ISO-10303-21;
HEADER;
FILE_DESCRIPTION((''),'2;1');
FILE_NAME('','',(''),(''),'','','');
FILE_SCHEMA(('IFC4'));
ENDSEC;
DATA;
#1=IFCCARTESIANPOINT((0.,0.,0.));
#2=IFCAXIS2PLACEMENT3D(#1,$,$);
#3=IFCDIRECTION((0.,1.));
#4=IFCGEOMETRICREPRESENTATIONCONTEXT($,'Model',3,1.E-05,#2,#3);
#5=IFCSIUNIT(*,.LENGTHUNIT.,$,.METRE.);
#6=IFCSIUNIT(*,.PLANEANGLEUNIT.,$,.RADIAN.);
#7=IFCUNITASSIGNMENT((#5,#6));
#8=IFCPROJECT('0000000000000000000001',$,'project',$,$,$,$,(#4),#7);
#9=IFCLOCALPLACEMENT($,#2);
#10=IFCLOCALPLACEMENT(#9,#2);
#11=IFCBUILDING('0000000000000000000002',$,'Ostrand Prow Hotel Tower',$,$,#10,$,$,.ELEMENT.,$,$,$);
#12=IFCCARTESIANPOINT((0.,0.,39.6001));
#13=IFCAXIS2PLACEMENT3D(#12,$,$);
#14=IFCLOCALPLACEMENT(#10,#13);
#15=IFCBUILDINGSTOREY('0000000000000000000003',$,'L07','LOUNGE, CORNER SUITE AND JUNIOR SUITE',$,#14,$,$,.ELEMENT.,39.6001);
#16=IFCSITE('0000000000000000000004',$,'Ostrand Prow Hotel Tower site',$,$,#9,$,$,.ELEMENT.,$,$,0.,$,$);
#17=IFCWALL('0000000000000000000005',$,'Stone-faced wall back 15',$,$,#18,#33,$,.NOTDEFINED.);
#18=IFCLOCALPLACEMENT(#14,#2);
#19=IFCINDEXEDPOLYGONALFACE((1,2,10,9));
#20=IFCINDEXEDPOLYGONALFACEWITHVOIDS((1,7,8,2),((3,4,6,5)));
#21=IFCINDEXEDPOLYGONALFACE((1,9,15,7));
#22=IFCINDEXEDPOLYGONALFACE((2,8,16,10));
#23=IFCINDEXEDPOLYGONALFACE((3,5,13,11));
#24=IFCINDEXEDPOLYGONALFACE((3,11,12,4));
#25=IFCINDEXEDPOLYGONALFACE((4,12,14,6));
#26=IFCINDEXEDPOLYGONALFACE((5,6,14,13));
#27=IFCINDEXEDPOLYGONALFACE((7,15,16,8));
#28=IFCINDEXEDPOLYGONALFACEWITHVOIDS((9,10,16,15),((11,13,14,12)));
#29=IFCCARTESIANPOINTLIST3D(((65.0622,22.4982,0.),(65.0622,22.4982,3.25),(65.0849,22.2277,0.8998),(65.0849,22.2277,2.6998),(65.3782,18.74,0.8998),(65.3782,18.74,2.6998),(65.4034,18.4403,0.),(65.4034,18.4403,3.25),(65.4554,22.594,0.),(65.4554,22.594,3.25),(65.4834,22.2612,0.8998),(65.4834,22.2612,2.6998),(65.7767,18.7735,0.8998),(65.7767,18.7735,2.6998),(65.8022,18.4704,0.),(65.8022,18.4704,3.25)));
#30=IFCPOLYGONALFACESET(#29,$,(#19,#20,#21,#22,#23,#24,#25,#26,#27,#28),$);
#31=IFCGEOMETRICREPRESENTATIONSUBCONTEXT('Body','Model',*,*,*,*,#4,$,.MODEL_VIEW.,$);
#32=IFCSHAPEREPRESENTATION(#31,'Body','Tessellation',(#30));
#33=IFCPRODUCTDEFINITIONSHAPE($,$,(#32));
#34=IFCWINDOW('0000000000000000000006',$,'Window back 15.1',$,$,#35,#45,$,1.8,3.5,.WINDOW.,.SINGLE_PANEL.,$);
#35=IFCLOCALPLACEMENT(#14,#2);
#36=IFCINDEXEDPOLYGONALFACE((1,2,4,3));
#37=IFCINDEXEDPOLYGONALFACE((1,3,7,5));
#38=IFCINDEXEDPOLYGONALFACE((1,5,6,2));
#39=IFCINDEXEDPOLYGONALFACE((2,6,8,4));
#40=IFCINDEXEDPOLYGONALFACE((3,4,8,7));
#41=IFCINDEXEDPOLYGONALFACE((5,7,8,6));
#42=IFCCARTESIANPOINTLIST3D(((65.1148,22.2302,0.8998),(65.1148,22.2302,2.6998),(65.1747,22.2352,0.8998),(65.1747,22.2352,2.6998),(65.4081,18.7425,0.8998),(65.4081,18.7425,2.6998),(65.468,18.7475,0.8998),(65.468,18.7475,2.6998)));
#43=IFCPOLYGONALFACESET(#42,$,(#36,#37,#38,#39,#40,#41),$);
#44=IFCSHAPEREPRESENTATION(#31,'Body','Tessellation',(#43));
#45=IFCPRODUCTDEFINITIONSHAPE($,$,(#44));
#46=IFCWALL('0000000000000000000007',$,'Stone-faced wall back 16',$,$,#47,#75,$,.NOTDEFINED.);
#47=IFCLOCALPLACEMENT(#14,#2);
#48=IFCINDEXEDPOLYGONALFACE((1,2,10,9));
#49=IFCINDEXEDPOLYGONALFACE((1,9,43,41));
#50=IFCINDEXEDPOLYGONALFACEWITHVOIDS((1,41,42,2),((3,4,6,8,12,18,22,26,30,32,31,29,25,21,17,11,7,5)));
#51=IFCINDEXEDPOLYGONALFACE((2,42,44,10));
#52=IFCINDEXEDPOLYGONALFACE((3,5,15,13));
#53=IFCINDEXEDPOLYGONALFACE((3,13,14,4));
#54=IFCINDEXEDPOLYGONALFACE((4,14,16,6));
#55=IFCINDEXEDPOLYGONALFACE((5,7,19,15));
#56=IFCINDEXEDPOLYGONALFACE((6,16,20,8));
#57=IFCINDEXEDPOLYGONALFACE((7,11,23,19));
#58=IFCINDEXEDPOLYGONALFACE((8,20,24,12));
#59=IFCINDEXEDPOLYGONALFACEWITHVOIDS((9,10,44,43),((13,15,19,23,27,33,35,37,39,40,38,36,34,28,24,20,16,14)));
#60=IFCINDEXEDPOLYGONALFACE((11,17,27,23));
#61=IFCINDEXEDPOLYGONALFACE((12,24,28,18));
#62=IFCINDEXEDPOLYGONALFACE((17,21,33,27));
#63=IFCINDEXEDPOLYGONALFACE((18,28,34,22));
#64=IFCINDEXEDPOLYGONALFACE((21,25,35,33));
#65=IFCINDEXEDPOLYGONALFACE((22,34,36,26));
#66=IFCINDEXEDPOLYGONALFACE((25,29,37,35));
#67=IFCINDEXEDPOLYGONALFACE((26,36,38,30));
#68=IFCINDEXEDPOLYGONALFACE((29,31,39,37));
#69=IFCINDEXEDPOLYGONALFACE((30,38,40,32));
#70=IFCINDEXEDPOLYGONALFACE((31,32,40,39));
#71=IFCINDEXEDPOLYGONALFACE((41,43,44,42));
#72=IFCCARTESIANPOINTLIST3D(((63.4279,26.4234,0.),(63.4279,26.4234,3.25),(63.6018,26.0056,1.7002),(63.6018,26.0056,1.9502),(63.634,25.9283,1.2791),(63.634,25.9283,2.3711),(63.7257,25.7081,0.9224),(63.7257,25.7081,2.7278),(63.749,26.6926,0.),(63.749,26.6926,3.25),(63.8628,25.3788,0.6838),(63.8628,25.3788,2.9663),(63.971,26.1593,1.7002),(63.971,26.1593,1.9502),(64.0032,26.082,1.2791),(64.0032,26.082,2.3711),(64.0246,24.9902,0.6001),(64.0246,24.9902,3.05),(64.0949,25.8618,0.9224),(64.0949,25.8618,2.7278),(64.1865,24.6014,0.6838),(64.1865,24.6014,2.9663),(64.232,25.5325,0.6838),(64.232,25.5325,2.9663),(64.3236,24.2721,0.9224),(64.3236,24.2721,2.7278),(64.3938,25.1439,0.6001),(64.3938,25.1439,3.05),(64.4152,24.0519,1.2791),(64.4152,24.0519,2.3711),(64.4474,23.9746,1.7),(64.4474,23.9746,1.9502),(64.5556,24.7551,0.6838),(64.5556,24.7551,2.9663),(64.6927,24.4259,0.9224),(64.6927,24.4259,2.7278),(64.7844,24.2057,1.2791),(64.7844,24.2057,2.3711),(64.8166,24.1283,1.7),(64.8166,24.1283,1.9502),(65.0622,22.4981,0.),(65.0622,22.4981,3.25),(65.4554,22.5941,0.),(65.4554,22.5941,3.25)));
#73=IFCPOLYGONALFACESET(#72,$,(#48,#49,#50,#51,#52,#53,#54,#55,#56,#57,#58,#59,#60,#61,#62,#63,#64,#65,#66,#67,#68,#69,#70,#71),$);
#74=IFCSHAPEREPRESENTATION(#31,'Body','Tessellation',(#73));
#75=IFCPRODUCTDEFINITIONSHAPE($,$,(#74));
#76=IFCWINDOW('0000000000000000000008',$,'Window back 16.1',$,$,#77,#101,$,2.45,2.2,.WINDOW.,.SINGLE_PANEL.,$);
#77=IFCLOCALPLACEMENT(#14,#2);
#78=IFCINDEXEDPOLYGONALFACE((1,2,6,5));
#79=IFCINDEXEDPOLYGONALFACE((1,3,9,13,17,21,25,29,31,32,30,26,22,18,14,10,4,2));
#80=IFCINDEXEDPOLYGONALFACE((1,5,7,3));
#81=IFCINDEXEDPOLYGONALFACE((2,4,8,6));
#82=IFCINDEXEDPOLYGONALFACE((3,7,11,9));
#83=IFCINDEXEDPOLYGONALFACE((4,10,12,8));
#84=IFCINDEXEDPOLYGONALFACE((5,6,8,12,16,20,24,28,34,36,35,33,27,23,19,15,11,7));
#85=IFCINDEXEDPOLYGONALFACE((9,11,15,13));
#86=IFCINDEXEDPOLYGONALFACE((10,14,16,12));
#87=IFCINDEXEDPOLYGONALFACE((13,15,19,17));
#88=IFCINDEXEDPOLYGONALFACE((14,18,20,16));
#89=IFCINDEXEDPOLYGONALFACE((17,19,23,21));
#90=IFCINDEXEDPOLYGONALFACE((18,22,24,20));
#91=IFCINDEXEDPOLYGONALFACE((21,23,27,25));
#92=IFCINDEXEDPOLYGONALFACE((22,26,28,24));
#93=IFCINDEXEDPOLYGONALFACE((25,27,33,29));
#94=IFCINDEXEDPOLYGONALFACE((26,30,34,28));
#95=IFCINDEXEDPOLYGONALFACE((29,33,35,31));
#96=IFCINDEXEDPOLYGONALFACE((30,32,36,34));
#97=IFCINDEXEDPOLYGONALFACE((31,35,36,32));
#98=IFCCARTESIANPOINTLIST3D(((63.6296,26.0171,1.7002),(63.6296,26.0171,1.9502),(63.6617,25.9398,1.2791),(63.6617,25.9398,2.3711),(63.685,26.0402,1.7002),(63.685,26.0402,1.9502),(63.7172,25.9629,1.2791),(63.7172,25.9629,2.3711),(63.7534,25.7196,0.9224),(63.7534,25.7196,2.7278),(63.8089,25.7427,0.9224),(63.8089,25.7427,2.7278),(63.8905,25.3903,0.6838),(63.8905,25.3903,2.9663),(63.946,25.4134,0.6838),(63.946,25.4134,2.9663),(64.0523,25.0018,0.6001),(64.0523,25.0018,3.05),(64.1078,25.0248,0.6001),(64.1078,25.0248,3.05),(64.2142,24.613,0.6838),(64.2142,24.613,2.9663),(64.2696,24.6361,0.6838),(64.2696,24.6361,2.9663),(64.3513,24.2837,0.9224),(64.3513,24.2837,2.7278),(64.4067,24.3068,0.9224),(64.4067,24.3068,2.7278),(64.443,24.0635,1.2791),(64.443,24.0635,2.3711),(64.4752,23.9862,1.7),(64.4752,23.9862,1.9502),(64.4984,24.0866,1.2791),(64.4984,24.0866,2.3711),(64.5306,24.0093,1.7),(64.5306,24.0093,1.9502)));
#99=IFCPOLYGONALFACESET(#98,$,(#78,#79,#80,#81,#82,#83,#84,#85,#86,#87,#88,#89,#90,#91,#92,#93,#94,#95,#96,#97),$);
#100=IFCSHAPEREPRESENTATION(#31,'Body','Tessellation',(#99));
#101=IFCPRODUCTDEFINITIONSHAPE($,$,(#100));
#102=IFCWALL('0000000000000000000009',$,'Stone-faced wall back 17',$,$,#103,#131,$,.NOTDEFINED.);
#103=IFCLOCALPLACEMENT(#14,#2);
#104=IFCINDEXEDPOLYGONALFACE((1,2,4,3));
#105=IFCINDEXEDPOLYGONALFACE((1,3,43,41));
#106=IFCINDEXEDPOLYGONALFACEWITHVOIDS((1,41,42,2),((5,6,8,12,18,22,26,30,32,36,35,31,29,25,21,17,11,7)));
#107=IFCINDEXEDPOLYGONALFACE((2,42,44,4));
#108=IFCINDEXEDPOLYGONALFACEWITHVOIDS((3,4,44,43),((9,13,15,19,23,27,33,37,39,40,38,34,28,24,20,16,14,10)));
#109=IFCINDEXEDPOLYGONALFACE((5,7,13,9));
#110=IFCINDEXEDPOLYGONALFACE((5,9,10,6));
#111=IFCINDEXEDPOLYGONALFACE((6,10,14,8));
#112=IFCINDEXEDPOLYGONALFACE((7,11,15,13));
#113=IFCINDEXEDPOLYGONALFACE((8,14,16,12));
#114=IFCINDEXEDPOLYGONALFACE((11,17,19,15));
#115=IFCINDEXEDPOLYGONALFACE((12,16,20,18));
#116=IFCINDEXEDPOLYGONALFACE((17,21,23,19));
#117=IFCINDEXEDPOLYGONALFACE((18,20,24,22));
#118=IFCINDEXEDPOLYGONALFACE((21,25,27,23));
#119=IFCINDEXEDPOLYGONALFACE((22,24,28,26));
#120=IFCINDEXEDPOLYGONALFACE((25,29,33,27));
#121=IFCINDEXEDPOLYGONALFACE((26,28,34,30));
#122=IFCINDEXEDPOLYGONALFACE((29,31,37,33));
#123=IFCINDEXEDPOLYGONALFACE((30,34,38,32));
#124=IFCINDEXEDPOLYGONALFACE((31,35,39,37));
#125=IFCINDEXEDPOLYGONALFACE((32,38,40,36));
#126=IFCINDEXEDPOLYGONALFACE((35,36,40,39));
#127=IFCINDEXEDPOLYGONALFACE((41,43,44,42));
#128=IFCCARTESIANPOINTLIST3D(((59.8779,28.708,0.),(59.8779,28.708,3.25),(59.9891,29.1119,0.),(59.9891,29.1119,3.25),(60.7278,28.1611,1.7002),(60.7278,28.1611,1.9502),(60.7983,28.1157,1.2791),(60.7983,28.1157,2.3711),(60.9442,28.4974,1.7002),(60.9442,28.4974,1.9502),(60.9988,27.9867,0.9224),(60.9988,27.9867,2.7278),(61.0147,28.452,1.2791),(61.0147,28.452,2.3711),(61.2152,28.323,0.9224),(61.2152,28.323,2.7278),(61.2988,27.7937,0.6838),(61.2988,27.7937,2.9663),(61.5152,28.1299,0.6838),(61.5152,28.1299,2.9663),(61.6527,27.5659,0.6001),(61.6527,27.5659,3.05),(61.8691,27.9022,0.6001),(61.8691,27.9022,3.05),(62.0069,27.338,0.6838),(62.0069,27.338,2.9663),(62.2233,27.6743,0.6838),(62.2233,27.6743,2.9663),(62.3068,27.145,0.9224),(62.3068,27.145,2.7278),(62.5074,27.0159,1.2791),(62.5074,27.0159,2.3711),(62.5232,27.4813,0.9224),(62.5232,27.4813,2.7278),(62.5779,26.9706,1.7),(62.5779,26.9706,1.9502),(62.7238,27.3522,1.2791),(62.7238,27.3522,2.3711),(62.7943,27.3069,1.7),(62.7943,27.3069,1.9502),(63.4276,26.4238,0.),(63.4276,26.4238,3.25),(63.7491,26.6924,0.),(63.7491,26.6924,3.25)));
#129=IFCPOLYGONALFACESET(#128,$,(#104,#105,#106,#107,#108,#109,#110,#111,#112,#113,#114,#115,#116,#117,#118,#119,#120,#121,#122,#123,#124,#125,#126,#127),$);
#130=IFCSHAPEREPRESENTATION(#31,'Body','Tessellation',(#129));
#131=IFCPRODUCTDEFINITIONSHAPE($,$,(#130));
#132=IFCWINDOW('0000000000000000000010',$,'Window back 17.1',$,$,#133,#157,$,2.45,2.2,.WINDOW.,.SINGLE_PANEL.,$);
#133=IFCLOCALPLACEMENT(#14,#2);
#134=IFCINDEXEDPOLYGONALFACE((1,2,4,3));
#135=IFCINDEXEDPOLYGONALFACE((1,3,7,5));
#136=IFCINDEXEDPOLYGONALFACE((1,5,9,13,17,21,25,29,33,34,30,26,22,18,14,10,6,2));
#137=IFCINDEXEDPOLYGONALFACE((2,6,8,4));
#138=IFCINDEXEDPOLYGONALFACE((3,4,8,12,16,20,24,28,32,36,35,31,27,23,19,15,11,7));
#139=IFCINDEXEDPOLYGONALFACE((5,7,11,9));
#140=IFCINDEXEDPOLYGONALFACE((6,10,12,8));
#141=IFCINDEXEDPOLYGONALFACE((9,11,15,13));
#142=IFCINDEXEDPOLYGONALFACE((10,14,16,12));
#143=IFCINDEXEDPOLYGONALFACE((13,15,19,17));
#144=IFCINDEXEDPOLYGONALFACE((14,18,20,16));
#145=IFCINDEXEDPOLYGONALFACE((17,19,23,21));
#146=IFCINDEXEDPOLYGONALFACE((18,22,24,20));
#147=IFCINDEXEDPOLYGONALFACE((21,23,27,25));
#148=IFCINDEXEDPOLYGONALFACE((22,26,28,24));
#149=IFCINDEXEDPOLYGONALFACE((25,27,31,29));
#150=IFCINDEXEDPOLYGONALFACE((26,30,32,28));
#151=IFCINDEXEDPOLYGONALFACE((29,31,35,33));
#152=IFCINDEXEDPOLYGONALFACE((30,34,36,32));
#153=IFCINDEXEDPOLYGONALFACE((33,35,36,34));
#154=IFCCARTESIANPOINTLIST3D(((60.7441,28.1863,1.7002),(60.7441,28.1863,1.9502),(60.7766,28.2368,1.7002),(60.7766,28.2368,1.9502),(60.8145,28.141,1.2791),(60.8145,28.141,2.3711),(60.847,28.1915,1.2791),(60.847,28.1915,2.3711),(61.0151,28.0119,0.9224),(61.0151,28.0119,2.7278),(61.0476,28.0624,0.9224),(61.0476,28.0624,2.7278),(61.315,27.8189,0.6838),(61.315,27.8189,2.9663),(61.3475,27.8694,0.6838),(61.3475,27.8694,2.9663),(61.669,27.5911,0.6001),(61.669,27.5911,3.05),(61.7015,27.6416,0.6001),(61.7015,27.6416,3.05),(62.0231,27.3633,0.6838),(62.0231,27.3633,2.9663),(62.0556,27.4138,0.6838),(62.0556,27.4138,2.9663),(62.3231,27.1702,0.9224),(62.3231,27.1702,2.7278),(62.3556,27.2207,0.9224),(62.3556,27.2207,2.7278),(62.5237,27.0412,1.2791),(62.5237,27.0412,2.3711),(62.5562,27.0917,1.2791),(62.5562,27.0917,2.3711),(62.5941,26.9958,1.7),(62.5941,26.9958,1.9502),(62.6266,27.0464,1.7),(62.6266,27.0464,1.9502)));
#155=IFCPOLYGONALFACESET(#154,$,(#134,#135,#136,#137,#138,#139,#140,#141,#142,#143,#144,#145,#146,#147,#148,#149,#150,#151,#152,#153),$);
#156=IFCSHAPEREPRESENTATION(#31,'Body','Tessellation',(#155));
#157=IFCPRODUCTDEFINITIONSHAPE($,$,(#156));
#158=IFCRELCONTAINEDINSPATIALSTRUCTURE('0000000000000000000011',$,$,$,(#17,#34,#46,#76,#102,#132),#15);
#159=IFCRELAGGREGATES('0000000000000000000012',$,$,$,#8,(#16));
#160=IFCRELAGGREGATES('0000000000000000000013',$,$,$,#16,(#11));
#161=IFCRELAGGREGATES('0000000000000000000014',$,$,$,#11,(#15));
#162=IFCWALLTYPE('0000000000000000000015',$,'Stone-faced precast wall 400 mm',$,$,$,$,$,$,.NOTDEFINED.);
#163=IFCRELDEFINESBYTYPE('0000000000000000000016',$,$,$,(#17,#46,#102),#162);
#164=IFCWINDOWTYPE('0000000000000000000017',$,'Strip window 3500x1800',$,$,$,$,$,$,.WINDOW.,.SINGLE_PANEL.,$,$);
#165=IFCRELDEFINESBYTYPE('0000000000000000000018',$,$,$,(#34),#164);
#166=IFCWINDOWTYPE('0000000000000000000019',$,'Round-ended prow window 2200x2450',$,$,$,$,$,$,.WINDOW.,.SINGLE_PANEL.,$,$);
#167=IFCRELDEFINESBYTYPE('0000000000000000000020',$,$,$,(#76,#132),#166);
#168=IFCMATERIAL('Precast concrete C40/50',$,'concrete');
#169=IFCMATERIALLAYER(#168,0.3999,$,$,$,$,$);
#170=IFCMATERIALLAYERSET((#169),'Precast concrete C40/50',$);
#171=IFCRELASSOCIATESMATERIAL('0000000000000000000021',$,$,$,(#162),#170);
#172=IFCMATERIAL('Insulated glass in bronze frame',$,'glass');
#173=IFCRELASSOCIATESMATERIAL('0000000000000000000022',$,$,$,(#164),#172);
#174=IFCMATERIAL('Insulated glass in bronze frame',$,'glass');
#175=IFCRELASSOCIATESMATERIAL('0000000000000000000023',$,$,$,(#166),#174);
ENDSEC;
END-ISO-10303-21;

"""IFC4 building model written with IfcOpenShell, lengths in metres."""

from ifc_helpers import new_model, si_unit, direction, frame, frame_2d, origin, place, context, subcontext, project, spatial, polyline, rectangle, outline, extrude, material, layer, layer_set, type_object, element, fill, save


model = new_model("IFC4")

# Units and contexts
model_context = context("Model", 3, precision=1e-05, world=origin(), true_north=direction((0.0, 1.0)))
body_context = subcontext(model_context, "Body", "Model", "MODEL_VIEW")
ifc_project = project(units=[si_unit("LENGTHUNIT", "METRE"), si_unit("PLANEANGLEUNIT", "RADIAN")], contexts=[model_context])

# Site, building, storey
site_placement = place(None, origin())
site = spatial("IfcSite", under=ifc_project, at=site_placement, Name="Ostrand Prow Hotel Tower site", CompositionType="ELEMENT", RefElevation=0.0)
building_placement = place(site_placement, origin())
building = spatial("IfcBuilding", under=site, at=building_placement, Name="Ostrand Prow Hotel Tower", CompositionType="ELEMENT")
storey_placement = place(building_placement, frame((0.0, 0.0, 39.6001)))
storey = spatial("IfcBuildingStorey", under=building, at=storey_placement, Name="L07", Description="LOUNGE, CORNER SUITE AND JUNIOR SUITE", CompositionType="ELEMENT", Elevation=39.6001)

# Walls, openings, windows
ifc_material_1 = material(Name="Precast concrete C40/50", Category="concrete")
ifc_layer_1 = layer(ifc_material_1, 0.3999)
ifc_layer_set_1 = layer_set([ifc_layer_1], Name="Precast concrete C40/50")
wall_type_1 = type_object("IfcWallType", Name="Stone-faced precast wall 400 mm", PredefinedType="NOTDEFINED", material=ifc_layer_set_1)
wall_1_placement = place(storey_placement, frame((65.6028, 18.4553, 0.0), z_axis=(0.0, 0.0, 1.0), x_axis=(-0.083794, 0.996483, 0.0)))
wall_1 = element("IfcWall", 1, at=wall_1_placement, inside=storey, type_object=wall_type_1, Name="Stone-faced wall back 15", PredefinedType="NOTDEFINED", context=body_context, shape_type="SweptSolid", body=[
    extrude(outline(polyline([(-0.0017, -0.2), (4.1365, -0.2), (4.074, 0.2), (0.0017, 0.2), (-0.0017, -0.2)])), origin(), (0.0, 0.0, 1.0), 3.25),
])
opening_1_placement = place(wall_1_placement, frame((0.3025, 0.0, 0.8999)))
opening_1 = element("IfcOpeningElement", 2, at=opening_1_placement, cuts=wall_1, PredefinedType="OPENING", context=body_context, shape_type="SweptSolid", body=[
    extrude(rectangle(XDim=3.5, YDim=1.8, at=frame_2d((1.75, 0.8999))), frame((0.0, 0.21, 0.0), z_axis=(0.0, -1.0, 0.0), x_axis=(1.0, 0.0, 0.0)), (0.0, 0.0, 1.0), 0.4199),
])
ifc_material_2 = material(Name="Insulated glass in bronze frame", Category="glass")
window_type_1 = type_object("IfcWindowType", Name="Strip window 3500x1800", PartitioningType="SINGLE_PANEL", PredefinedType="WINDOW", material=ifc_material_2)
window_1_placement = place(opening_1_placement, origin())
window_1 = element("IfcWindow", 3, at=window_1_placement, inside=storey, type_object=window_type_1, Name="Window back 15.1", OverallHeight=1.8, OverallWidth=3.5, PartitioningType="SINGLE_PANEL", PredefinedType="WINDOW", context=body_context, shape_type="SweptSolid", body=[
    extrude(rectangle(XDim=3.5, YDim=1.8, at=frame_2d((1.75, 0.8999))), frame((0.0, 0.1699, 0.0), z_axis=(0.0, -1.0, 0.0), x_axis=(1.0, 0.0, 0.0)), (0.0, 0.0, 1.0), 0.0601),
])
fill(opening_1, window_1)
wall_2_placement = place(storey_placement, frame((65.2588, 22.5461, 0.0), z_axis=(0.0, 0.0, 1.0), x_axis=(-0.384372, 0.923178, 0.0)))
wall_2 = element("IfcWall", 4, at=wall_2_placement, inside=storey, type_object=wall_type_1, Name="Stone-faced wall back 16", PredefinedType="NOTDEFINED", context=body_context, shape_type="SweptSolid", body=[
    extrude(outline(polyline([(-0.0312, -0.2), (4.4082, -0.2), (4.2832, 0.2), (0.0312, 0.2), (-0.0312, -0.2)])), origin(), (0.0, 0.0, 1.0), 3.25),
])
opening_2_placement = place(wall_2_placement, frame((1.6306, 0.0, 0.6001)))
opening_2 = element("IfcOpeningElement", 5, at=opening_2_placement, cuts=wall_2, PredefinedType="OPENING", context=body_context, shape_type="SweptSolid", body=[
    extrude(outline(polyline([(0.0, 1.3501), (0.0837, 1.771), (0.3223, 2.1277), (0.679, 2.3662), (1.1001, 2.45), (1.521, 2.3662), (1.8777, 2.1277), (2.1162, 1.771), (2.2, 1.3501), (2.2, 1.1001), (2.1162, 0.679), (1.8777, 0.3223), (1.521, 0.0837), (1.1001, 0.0), (0.679, 0.0837), (0.3223, 0.3223), (0.0837, 0.679), (0.0, 1.0999), (0.0, 1.3501)])), frame((0.0, 0.21, 0.0), z_axis=(0.0, -1.0, 0.0), x_axis=(1.0, 0.0, 0.0)), (0.0, 0.0, 1.0), 0.4199),
])
ifc_material_3 = material(Name="Insulated glass in bronze frame", Category="glass")
window_type_2 = type_object("IfcWindowType", Name="Round-ended prow window 2200x2450", PartitioningType="SINGLE_PANEL", PredefinedType="WINDOW", material=ifc_material_3)
window_2_placement = place(opening_2_placement, origin())
window_2 = element("IfcWindow", 6, at=window_2_placement, inside=storey, type_object=window_type_2, Name="Window back 16.1", OverallHeight=2.45, OverallWidth=2.2, PartitioningType="SINGLE_PANEL", PredefinedType="WINDOW", context=body_context, shape_type="SweptSolid", body=[
    extrude(outline(polyline([(0.0, 1.3501), (0.0837, 1.771), (0.3223, 2.1277), (0.679, 2.3662), (1.1001, 2.45), (1.521, 2.3662), (1.8777, 2.1277), (2.1162, 1.771), (2.2, 1.3501), (2.2, 1.1001), (2.1162, 0.679), (1.8777, 0.3223), (1.521, 0.0837), (1.1001, 0.0), (0.679, 0.0837), (0.3223, 0.3223), (0.0837, 0.679), (0.0, 1.0999), (0.0, 1.3501)])), frame((0.0, 0.1699, 0.0), z_axis=(0.0, -1.0, 0.0), x_axis=(1.0, 0.0, 0.0)), (0.0, 0.0, 1.0), 0.0601),
])
fill(opening_2, window_2)
wall_3_placement = place(storey_placement, frame((63.5884, 26.5581, 0.0), z_axis=(0.0, 0.0, 1.0), x_axis=(-0.840937, 0.541132, 0.0)))
wall_3 = element("IfcWall", 7, at=wall_3_placement, inside=storey, type_object=wall_type_1, Name="Stone-faced wall back 17", PredefinedType="NOTDEFINED", context=body_context, shape_type="SweptSolid", body=[
    extrude(outline(polyline([(-0.0625, -0.2), (4.4087, -0.2), (4.2837, 0.2), (0.0625, 0.2), (-0.0625, -0.2)])), origin(), (0.0, 0.0, 1.0), 3.25),
])
opening_3_placement = place(wall_3_placement, frame((1.073, 0.0, 0.6001)))
opening_3 = element("IfcOpeningElement", 8, at=opening_3_placement, cuts=wall_3, PredefinedType="OPENING", context=body_context, shape_type="SweptSolid", body=[
    extrude(outline(polyline([(0.0, 1.3501), (0.0837, 1.771), (0.3223, 2.1277), (0.679, 2.3662), (1.1001, 2.45), (1.521, 2.3662), (1.8777, 2.1277), (2.1162, 1.771), (2.2, 1.3501), (2.2, 1.1001), (2.1162, 0.679), (1.8777, 0.3223), (1.521, 0.0837), (1.1001, 0.0), (0.679, 0.0837), (0.3223, 0.3223), (0.0837, 0.679), (0.0, 1.0999), (0.0, 1.3501)])), frame((0.0, 0.21, 0.0), z_axis=(0.0, -1.0, 0.0), x_axis=(1.0, 0.0, 0.0)), (0.0, 0.0, 1.0), 0.4199),
])
window_3_placement = place(opening_3_placement, origin())
window_3 = element("IfcWindow", 9, at=window_3_placement, inside=storey, type_object=window_type_2, Name="Window back 17.1", OverallHeight=2.45, OverallWidth=2.2, PartitioningType="SINGLE_PANEL", PredefinedType="WINDOW", context=body_context, shape_type="SweptSolid", body=[
    extrude(outline(polyline([(0.0, 1.3501), (0.0837, 1.771), (0.3223, 2.1277), (0.679, 2.3662), (1.1001, 2.45), (1.521, 2.3662), (1.8777, 2.1277), (2.1162, 1.771), (2.2, 1.3501), (2.2, 1.1001), (2.1162, 0.679), (1.8777, 0.3223), (1.521, 0.0837), (1.1001, 0.0), (0.679, 0.0837), (0.3223, 0.3223), (0.0837, 0.679), (0.0, 1.0999), (0.0, 1.3501)])), frame((0.0, 0.1699, 0.0), z_axis=(0.0, -1.0, 0.0), x_axis=(1.0, 0.0, 0.0)), (0.0, 0.0, 1.0), 0.0601),
])
fill(opening_3, window_3)

save(model, "model.ifc")
